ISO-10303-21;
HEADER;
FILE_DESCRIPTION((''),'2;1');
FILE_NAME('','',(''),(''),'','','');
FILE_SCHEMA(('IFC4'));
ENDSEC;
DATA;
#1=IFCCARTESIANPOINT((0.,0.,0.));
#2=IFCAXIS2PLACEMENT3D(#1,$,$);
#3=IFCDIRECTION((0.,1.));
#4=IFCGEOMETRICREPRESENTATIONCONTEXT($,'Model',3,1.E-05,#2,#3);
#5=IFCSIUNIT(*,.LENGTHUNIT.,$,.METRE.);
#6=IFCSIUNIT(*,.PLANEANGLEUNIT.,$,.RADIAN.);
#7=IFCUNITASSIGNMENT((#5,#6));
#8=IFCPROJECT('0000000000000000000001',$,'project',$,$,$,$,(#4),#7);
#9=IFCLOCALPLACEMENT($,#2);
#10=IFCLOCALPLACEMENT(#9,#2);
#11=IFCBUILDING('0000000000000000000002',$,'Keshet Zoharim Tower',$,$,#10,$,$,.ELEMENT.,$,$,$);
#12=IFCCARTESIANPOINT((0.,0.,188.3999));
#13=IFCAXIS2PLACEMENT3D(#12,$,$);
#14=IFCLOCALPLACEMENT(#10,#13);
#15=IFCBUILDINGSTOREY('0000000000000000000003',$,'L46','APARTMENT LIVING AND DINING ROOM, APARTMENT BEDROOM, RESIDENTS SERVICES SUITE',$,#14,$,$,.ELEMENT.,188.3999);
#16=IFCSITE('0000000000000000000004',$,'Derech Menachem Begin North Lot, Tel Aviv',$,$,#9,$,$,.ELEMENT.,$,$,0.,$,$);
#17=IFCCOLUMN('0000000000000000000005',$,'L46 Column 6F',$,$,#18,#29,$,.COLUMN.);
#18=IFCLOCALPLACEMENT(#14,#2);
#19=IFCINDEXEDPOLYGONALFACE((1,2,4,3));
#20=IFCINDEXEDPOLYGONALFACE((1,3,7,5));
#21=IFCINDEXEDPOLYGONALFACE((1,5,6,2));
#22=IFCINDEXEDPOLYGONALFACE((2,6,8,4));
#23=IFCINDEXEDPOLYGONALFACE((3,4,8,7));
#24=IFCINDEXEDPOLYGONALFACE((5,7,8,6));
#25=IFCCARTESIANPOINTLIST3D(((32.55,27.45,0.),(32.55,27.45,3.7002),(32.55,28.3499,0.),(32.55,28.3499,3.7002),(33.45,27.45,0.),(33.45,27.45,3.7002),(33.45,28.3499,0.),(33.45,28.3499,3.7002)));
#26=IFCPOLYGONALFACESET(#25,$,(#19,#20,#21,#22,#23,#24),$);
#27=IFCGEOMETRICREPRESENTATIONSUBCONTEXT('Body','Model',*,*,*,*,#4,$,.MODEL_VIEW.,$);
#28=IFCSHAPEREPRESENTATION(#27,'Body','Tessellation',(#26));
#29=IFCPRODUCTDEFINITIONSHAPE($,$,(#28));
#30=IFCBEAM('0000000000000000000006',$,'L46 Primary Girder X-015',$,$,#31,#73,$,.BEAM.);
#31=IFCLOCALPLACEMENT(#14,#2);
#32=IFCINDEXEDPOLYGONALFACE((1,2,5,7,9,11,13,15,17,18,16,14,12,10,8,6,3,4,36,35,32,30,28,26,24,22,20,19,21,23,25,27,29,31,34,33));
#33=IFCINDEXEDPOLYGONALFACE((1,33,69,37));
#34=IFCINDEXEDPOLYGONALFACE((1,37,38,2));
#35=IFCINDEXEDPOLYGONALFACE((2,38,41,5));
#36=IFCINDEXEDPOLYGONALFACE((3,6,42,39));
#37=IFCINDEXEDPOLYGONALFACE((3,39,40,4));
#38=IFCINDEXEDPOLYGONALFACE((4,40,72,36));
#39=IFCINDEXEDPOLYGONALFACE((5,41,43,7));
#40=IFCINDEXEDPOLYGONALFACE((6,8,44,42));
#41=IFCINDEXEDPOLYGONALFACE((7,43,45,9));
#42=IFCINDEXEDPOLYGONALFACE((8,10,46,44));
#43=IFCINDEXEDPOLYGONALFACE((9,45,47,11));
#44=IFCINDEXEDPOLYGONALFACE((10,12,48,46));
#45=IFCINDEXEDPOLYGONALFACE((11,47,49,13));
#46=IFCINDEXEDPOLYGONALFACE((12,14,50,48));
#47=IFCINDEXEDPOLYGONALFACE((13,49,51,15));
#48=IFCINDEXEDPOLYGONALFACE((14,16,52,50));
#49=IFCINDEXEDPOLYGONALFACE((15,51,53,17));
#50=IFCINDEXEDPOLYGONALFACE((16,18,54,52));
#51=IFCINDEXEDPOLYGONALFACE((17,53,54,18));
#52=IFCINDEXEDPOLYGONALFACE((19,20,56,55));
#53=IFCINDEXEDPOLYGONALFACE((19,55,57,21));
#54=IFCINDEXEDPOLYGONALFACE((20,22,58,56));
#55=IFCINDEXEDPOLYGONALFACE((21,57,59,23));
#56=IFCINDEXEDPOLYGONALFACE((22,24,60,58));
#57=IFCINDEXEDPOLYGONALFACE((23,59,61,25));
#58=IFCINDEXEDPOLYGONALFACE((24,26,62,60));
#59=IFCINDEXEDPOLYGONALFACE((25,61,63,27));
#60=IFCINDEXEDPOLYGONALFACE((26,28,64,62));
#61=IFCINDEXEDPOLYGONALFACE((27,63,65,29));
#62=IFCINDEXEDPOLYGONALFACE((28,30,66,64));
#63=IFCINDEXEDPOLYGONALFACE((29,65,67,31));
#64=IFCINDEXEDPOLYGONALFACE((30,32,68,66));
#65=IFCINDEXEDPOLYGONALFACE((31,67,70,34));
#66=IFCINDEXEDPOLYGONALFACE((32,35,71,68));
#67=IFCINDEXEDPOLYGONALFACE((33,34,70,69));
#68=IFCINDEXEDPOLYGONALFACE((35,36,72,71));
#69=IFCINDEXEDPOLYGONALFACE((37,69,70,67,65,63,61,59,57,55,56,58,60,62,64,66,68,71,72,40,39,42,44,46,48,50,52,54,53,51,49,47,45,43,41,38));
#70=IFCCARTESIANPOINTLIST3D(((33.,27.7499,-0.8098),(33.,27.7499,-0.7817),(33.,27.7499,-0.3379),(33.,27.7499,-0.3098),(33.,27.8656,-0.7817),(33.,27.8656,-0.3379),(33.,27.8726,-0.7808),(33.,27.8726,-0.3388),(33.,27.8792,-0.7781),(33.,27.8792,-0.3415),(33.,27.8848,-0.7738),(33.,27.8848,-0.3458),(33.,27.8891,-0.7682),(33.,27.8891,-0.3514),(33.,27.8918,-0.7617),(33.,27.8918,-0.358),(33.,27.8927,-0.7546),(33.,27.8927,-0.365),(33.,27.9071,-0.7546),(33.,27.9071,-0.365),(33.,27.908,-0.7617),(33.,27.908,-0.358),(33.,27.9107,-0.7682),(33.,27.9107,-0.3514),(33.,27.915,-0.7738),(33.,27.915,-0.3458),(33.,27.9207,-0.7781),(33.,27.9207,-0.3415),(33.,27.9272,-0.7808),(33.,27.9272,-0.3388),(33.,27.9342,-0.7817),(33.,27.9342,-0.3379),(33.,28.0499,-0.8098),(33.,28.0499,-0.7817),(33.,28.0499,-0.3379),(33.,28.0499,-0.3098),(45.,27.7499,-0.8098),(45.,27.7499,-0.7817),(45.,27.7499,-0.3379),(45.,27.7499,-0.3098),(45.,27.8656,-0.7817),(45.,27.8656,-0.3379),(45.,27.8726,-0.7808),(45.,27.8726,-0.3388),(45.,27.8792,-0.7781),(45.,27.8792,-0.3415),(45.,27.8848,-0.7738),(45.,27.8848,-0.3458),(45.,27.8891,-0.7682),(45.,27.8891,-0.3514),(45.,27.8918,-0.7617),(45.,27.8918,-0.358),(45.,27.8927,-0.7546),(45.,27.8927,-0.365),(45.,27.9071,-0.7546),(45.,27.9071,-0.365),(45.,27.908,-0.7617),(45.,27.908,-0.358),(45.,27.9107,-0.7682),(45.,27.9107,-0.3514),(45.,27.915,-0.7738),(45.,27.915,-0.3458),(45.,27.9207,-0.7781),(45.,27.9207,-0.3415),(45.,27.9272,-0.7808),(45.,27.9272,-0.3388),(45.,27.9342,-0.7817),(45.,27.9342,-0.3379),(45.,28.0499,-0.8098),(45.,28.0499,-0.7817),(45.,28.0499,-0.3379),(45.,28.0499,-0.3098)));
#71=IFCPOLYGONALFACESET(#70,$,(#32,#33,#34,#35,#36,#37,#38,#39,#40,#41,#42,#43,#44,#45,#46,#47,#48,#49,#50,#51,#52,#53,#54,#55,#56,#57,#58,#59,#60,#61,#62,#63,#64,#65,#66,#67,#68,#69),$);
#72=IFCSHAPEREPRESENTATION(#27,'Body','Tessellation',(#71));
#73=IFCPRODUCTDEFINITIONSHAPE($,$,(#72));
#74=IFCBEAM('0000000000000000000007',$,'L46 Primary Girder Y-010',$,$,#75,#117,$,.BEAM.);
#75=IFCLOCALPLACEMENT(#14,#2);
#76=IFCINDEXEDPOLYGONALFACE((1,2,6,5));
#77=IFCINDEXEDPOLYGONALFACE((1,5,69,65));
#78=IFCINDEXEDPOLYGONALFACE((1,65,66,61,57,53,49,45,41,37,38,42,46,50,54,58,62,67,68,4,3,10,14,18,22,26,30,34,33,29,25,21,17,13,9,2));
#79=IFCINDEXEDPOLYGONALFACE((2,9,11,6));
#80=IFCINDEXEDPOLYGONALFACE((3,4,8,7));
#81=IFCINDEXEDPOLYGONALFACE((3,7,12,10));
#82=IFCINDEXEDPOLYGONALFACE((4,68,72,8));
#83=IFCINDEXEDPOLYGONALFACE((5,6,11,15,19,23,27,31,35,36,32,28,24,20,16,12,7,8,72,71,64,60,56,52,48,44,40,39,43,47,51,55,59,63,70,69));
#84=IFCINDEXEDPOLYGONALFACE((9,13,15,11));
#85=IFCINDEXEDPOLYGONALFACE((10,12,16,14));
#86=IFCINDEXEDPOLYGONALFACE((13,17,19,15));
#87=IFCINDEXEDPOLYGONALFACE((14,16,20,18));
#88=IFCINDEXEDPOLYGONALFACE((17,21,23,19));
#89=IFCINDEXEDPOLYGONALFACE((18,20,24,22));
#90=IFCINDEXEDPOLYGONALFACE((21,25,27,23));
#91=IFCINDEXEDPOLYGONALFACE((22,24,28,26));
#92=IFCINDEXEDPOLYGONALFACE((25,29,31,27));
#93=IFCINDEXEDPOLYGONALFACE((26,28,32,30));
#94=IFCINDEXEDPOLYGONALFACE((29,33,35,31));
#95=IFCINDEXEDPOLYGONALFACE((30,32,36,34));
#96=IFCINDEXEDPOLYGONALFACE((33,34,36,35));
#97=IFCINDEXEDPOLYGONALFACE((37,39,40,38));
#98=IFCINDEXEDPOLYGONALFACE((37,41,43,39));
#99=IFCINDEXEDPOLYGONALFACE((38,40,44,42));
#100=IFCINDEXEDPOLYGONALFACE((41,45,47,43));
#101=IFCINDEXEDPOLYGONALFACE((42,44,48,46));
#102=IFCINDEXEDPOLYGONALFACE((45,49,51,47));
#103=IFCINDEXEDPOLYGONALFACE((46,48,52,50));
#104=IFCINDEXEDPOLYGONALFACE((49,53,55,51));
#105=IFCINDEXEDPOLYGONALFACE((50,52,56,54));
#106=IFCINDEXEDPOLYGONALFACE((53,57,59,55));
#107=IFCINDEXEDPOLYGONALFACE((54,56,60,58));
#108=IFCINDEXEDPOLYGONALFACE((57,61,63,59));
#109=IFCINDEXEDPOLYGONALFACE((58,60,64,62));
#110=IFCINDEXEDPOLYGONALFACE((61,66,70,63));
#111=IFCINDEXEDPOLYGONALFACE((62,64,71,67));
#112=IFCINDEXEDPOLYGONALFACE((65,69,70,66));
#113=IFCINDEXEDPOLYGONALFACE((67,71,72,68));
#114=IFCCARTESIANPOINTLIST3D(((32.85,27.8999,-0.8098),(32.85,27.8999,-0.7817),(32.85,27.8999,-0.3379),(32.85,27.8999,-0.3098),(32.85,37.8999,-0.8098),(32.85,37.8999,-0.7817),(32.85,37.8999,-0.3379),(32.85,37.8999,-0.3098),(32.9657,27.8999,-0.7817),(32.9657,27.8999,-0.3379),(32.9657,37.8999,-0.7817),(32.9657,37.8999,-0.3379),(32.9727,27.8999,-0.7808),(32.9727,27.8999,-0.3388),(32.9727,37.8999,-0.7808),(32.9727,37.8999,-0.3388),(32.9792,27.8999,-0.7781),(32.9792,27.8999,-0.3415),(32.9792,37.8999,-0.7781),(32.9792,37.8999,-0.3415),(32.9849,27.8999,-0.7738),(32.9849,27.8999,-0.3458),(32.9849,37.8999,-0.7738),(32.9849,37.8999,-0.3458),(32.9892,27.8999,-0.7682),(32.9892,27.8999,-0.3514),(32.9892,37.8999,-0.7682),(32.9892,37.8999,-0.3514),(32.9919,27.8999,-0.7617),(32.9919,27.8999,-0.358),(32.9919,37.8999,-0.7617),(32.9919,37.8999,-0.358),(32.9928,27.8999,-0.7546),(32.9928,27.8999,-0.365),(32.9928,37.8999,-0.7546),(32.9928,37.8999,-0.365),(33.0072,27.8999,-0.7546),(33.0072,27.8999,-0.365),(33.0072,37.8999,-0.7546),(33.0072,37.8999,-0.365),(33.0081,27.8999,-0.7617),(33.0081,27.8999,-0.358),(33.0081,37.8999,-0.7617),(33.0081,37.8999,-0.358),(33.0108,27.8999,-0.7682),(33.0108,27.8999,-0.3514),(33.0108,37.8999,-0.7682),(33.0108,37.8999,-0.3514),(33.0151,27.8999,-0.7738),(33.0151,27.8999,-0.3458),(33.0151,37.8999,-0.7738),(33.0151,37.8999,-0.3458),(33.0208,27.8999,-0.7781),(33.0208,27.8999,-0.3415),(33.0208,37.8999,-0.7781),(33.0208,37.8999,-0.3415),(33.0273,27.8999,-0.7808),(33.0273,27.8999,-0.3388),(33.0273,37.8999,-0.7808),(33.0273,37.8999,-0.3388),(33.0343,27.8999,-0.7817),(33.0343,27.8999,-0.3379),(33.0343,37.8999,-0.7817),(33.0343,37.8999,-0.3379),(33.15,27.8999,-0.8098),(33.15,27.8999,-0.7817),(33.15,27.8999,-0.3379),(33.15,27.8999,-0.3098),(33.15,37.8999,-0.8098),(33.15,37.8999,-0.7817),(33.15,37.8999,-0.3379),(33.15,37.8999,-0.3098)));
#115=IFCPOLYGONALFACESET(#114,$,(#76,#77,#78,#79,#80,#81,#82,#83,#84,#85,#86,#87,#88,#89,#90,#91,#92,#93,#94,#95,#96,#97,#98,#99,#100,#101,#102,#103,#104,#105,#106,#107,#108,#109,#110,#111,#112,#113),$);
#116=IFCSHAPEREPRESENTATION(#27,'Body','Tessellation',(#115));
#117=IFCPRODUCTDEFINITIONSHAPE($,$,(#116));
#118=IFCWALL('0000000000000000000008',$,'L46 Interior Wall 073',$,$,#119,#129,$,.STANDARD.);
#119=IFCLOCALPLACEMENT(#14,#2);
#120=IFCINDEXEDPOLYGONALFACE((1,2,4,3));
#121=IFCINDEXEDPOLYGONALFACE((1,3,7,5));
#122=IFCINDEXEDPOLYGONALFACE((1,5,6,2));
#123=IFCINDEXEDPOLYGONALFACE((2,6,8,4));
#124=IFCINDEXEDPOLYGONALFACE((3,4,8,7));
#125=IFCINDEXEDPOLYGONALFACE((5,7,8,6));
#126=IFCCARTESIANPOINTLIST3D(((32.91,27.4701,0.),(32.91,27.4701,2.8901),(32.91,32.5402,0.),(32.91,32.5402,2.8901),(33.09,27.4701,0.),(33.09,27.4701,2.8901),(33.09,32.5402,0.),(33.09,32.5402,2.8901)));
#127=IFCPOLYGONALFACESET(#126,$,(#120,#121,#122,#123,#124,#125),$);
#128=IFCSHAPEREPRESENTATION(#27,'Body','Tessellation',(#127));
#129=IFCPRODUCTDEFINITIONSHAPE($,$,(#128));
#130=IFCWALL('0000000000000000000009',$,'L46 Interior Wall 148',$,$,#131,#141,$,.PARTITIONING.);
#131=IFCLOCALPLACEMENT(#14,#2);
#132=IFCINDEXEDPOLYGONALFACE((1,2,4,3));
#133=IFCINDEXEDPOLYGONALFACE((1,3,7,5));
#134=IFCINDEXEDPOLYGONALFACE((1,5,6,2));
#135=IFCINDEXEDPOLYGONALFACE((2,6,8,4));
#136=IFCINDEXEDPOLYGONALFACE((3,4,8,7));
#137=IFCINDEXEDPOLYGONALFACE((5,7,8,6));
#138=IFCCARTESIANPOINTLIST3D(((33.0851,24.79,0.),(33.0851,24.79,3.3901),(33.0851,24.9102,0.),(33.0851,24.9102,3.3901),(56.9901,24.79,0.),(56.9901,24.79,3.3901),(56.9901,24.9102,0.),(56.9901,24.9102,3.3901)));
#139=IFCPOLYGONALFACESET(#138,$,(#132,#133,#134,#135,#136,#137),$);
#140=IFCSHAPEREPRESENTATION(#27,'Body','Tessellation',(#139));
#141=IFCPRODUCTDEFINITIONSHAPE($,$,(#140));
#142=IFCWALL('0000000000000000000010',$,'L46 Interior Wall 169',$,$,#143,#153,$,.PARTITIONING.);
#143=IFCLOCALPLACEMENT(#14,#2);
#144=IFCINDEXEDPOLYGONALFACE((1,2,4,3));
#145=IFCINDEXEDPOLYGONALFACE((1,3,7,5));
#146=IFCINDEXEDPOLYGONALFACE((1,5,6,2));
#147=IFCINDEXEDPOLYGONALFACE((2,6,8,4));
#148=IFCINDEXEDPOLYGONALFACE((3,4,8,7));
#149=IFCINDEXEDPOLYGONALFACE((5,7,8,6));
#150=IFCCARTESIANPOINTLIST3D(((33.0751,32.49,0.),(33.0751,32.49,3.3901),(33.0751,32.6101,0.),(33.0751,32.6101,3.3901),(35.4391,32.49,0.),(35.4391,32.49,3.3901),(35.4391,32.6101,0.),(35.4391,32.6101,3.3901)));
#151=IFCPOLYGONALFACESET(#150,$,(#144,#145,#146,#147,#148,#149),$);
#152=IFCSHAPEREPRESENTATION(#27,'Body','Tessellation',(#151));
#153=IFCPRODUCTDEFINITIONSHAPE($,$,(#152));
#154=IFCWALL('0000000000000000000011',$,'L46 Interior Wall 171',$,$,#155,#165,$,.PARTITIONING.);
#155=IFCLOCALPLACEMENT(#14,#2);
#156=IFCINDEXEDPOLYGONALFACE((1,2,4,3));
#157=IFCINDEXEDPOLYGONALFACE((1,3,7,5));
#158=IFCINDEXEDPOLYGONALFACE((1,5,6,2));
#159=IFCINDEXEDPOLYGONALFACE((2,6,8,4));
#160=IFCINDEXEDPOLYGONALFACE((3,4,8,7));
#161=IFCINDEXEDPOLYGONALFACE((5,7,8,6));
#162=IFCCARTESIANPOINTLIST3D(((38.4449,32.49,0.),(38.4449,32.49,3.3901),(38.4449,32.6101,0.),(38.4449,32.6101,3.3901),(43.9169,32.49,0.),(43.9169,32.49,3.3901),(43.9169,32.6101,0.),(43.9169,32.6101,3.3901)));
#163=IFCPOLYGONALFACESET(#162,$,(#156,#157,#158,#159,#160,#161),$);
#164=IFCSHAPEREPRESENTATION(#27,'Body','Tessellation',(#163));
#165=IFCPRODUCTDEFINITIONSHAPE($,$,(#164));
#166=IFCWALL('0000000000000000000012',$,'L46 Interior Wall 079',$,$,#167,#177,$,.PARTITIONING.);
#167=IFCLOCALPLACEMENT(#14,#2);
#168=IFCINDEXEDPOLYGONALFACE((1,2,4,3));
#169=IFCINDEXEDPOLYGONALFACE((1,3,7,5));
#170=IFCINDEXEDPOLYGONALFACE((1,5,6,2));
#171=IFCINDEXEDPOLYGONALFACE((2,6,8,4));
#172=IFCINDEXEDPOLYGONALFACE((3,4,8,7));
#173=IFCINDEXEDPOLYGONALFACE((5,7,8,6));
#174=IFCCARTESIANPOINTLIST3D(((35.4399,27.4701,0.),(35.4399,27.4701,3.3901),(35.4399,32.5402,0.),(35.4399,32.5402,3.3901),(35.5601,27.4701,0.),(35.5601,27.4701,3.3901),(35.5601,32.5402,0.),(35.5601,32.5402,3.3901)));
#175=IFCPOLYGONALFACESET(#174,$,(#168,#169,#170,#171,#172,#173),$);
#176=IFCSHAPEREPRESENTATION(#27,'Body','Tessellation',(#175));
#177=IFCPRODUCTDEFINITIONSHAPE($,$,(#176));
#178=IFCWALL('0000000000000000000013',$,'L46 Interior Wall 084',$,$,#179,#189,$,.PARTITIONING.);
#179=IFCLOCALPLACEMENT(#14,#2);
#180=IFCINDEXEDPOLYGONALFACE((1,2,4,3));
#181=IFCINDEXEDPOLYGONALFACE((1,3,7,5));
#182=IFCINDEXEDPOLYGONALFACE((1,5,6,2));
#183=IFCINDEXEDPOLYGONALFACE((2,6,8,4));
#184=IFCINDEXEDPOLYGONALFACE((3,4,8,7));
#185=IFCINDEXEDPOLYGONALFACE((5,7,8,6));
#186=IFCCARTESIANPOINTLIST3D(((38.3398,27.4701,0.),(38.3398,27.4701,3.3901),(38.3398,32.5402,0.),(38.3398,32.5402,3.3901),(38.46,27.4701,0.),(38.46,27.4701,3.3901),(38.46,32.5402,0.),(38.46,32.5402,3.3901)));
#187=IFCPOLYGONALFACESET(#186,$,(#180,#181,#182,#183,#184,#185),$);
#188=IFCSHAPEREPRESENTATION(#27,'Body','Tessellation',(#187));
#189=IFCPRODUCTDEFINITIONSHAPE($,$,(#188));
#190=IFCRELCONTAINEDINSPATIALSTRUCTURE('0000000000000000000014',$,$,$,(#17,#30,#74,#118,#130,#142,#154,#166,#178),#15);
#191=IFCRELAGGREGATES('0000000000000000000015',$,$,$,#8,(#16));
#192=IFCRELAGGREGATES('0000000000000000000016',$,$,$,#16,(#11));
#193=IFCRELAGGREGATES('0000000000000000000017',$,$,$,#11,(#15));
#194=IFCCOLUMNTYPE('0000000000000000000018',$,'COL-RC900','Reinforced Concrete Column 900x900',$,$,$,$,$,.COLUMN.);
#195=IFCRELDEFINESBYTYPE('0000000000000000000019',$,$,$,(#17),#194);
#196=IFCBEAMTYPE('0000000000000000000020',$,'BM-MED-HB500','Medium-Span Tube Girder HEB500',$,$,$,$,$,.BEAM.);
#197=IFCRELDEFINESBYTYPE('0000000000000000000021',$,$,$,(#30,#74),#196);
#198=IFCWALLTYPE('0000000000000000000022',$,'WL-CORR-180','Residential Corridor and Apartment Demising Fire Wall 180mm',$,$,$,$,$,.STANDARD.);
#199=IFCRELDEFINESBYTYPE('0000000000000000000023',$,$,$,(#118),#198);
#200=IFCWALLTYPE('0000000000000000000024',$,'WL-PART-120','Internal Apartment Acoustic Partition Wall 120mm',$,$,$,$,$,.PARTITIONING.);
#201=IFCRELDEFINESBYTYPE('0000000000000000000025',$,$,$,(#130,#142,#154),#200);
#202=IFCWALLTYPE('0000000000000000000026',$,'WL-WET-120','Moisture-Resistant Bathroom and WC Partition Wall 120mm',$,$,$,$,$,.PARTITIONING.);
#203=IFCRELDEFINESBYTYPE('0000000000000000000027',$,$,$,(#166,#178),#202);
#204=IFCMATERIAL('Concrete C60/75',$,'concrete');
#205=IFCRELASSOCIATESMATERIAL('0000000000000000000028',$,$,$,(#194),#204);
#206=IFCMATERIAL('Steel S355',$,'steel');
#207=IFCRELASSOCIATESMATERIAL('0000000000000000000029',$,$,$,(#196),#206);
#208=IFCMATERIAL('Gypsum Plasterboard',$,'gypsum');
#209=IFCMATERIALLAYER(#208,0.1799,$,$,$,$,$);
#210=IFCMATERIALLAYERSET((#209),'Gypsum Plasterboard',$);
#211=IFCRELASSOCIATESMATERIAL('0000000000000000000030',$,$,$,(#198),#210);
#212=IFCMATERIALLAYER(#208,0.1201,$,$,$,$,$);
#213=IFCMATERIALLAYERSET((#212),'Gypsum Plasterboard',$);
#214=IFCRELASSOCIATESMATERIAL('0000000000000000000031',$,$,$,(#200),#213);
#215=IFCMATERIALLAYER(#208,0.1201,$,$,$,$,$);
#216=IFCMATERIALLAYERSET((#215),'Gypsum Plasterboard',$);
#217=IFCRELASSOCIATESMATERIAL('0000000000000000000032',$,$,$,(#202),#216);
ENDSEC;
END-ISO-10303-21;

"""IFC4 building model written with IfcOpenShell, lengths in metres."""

from ifc_helpers import new_model, si_unit, direction, frame, frame_2d, origin, origin_2d, place, context, subcontext, project, spatial, rectangle, i_section, extrude, material, layer, layer_set, material_profile, profile_set, type_object, element, save


model = new_model("IFC4")

# Units and contexts
model_context = context("Model", 3, precision=1e-05, world=origin(), true_north=direction((0.0, 1.0)))
body_context = subcontext(model_context, "Body", "Model", "MODEL_VIEW")
ifc_project = project(units=[si_unit("LENGTHUNIT", "METRE"), si_unit("PLANEANGLEUNIT", "RADIAN")], contexts=[model_context])

# Site, building, storey
site_placement = place(None, origin())
site = spatial("IfcSite", under=ifc_project, at=site_placement, Name="Derech Menachem Begin North Lot, Tel Aviv", CompositionType="ELEMENT", RefElevation=0.0)
building_placement = place(site_placement, origin())
building = spatial("IfcBuilding", under=site, at=building_placement, Name="Keshet Zoharim Tower", CompositionType="ELEMENT")
storey_placement = place(building_placement, frame((0.0, 0.0, 188.3999)))
storey = spatial("IfcBuildingStorey", under=building, at=storey_placement, Name="L46", Description="APARTMENT LIVING AND DINING ROOM, APARTMENT BEDROOM, RESIDENTS SERVICES SUITE", CompositionType="ELEMENT", Elevation=188.3999)

# Column
ifc_material_1 = material(Name="Concrete C60/75", Category="concrete")
ifc_material_profile_1 = material_profile(ifc_material_1, rectangle(XDim=0.8999, YDim=0.8999, at=origin_2d()), Name="RC900x900")
ifc_profile_set_1 = profile_set([ifc_material_profile_1], Name="Concrete C60/75")
column_type = type_object("IfcColumnType", Name="COL-RC900", Description="Reinforced Concrete Column 900x900", PredefinedType="COLUMN", material=ifc_profile_set_1)
column_placement = place(storey_placement, frame((33.0, 27.8999, 0.0), z_axis=(0.0, 0.0, 1.0), x_axis=(1.0, 0.0, 0.0)))
element("IfcColumn", 1, at=column_placement, inside=storey, type_object=column_type, Name="L46 Column 6F", PredefinedType="COLUMN", context=body_context, shape_type="SweptSolid", body=[
    extrude(rectangle(XDim=0.8999, YDim=0.8999, at=origin_2d()), origin(), (0.0, 0.0, 1.0), 3.7002),
])

# Beams
ifc_material_2 = material(Name="Steel S355", Category="steel")
ifc_material_profile_2 = material_profile(ifc_material_2, i_section(OverallWidth=0.3, OverallDepth=0.5, WebThickness=0.0144, FlangeThickness=0.0281, FilletRadius=0.0271, at=origin_2d()), Name="HEB500")
ifc_profile_set_2 = profile_set([ifc_material_profile_2], Name="Steel S355")
beam_type = type_object("IfcBeamType", Name="BM-MED-HB500", Description="Medium-Span Tube Girder HEB500", PredefinedType="BEAM", material=ifc_profile_set_2)
beam_1_placement = place(storey_placement, frame((33.0, 27.8999, -0.5598), z_axis=(1.0, 0.0, 0.0), x_axis=(0.0, 1.0, 0.0)))
element("IfcBeam", 2, at=beam_1_placement, inside=storey, type_object=beam_type, Name="L46 Primary Girder X-015", PredefinedType="BEAM", context=body_context, shape_type="SweptSolid", body=[
    extrude(i_section(OverallWidth=0.3, OverallDepth=0.5, WebThickness=0.0144, FlangeThickness=0.0281, FilletRadius=0.0271, at=origin_2d()), origin(), (0.0, 0.0, 1.0), 12.0),
])
beam_2_placement = place(storey_placement, frame((33.0, 27.8999, -0.5598), z_axis=(0.0, 1.0, 0.0), x_axis=(-1.0, 0.0, 0.0)))
element("IfcBeam", 3, at=beam_2_placement, inside=storey, type_object=beam_type, Name="L46 Primary Girder Y-010", PredefinedType="BEAM", context=body_context, shape_type="SweptSolid", body=[
    extrude(i_section(OverallWidth=0.3, OverallDepth=0.5, WebThickness=0.0144, FlangeThickness=0.0281, FilletRadius=0.0271, at=origin_2d()), origin(), (0.0, 0.0, 1.0), 10.0),
])

# Shared definitions
ifc_material_3 = material(Name="Gypsum Plasterboard", Category="gypsum")
ifc_layer_1 = layer(ifc_material_3, 0.1799)
ifc_layer_set_1 = layer_set([ifc_layer_1], Name="Gypsum Plasterboard")
wall_type_1 = type_object("IfcWallType", Name="WL-CORR-180", Description="Residential Corridor and Apartment Demising Fire Wall 180mm", PredefinedType="STANDARD", material=ifc_layer_set_1)

# Walls
wall_1_placement = place(storey_placement, frame((33.0, 27.47, 0.0), z_axis=(0.0, 0.0, 1.0), x_axis=(0.0, 1.0, 0.0)))
element("IfcWall", 4, at=wall_1_placement, inside=storey, type_object=wall_type_1, Name="L46 Interior Wall 073", PredefinedType="STANDARD", context=body_context, shape_type="SweptSolid", body=[
    extrude(rectangle(XDim=5.0701, YDim=0.1799, at=frame_2d((2.5352, 0.0))), origin(), (0.0, 0.0, 1.0), 2.8901),
])
ifc_layer_2 = layer(ifc_material_3, 0.1201)
ifc_layer_set_2 = layer_set([ifc_layer_2], Name="Gypsum Plasterboard")
wall_type_2 = type_object("IfcWallType", Name="WL-PART-120", Description="Internal Apartment Acoustic Partition Wall 120mm", PredefinedType="PARTITIONING", material=ifc_layer_set_2)
wall_2_placement = place(storey_placement, frame((33.085, 24.8501, 0.0), z_axis=(0.0, 0.0, 1.0), x_axis=(1.0, 0.0, 0.0)))
element("IfcWall", 5, at=wall_2_placement, inside=storey, type_object=wall_type_2, Name="L46 Interior Wall 148", PredefinedType="PARTITIONING", context=body_context, shape_type="SweptSolid", body=[
    extrude(rectangle(XDim=23.905, YDim=0.1201, at=frame_2d((11.9526, 0.0))), origin(), (0.0, 0.0, 1.0), 3.3901),
])

# Walls
wall_3_placement = place(storey_placement, frame((33.075, 32.55, 0.0), z_axis=(0.0, 0.0, 1.0), x_axis=(1.0, 0.0, 0.0)))
element("IfcWall", 6, at=wall_3_placement, inside=storey, type_object=wall_type_2, Name="L46 Interior Wall 169", PredefinedType="PARTITIONING", context=body_context, shape_type="SweptSolid", body=[
    extrude(rectangle(XDim=2.364, YDim=0.1201, at=frame_2d((1.1821, 0.0))), origin(), (0.0, 0.0, 1.0), 3.3901),
])
wall_4_placement = place(storey_placement, frame((38.4451, 32.55, 0.0), z_axis=(0.0, 0.0, 1.0), x_axis=(1.0, 0.0, 0.0)))
element("IfcWall", 7, at=wall_4_placement, inside=storey, type_object=wall_type_2, Name="L46 Interior Wall 171", PredefinedType="PARTITIONING", context=body_context, shape_type="SweptSolid", body=[
    extrude(rectangle(XDim=5.4719, YDim=0.1201, at=frame_2d((2.7358, 0.0))), origin(), (0.0, 0.0, 1.0), 3.3901),
])
ifc_layer_3 = layer(ifc_material_3, 0.1201)
ifc_layer_set_3 = layer_set([ifc_layer_3], Name="Gypsum Plasterboard")
wall_type_3 = type_object("IfcWallType", Name="WL-WET-120", Description="Moisture-Resistant Bathroom and WC Partition Wall 120mm", PredefinedType="PARTITIONING", material=ifc_layer_set_3)
for number, where, z_axis, x_axis, name in (
    (8, (35.5, 27.47, 0.0), (0.0, 0.0, 1.0), (0.0, 1.0, 0.0), "L46 Interior Wall 079"),
    (9, (38.3999, 27.47, 0.0), (0.0, 0.0, 1.0), (0.0, 1.0, 0.0), "L46 Interior Wall 084"),
):
    element("IfcWall", number, at=place(storey_placement, frame(where, z_axis=z_axis, x_axis=x_axis)), inside=storey, type_object=wall_type_3, Name=name, PredefinedType="PARTITIONING", context=body_context, shape_type="SweptSolid", body=[
        extrude(rectangle(XDim=5.0701, YDim=0.1201, at=frame_2d((2.5352, 0.0))), origin(), (0.0, 0.0, 1.0), 3.3901),
    ])

save(model, "model.ifc")
